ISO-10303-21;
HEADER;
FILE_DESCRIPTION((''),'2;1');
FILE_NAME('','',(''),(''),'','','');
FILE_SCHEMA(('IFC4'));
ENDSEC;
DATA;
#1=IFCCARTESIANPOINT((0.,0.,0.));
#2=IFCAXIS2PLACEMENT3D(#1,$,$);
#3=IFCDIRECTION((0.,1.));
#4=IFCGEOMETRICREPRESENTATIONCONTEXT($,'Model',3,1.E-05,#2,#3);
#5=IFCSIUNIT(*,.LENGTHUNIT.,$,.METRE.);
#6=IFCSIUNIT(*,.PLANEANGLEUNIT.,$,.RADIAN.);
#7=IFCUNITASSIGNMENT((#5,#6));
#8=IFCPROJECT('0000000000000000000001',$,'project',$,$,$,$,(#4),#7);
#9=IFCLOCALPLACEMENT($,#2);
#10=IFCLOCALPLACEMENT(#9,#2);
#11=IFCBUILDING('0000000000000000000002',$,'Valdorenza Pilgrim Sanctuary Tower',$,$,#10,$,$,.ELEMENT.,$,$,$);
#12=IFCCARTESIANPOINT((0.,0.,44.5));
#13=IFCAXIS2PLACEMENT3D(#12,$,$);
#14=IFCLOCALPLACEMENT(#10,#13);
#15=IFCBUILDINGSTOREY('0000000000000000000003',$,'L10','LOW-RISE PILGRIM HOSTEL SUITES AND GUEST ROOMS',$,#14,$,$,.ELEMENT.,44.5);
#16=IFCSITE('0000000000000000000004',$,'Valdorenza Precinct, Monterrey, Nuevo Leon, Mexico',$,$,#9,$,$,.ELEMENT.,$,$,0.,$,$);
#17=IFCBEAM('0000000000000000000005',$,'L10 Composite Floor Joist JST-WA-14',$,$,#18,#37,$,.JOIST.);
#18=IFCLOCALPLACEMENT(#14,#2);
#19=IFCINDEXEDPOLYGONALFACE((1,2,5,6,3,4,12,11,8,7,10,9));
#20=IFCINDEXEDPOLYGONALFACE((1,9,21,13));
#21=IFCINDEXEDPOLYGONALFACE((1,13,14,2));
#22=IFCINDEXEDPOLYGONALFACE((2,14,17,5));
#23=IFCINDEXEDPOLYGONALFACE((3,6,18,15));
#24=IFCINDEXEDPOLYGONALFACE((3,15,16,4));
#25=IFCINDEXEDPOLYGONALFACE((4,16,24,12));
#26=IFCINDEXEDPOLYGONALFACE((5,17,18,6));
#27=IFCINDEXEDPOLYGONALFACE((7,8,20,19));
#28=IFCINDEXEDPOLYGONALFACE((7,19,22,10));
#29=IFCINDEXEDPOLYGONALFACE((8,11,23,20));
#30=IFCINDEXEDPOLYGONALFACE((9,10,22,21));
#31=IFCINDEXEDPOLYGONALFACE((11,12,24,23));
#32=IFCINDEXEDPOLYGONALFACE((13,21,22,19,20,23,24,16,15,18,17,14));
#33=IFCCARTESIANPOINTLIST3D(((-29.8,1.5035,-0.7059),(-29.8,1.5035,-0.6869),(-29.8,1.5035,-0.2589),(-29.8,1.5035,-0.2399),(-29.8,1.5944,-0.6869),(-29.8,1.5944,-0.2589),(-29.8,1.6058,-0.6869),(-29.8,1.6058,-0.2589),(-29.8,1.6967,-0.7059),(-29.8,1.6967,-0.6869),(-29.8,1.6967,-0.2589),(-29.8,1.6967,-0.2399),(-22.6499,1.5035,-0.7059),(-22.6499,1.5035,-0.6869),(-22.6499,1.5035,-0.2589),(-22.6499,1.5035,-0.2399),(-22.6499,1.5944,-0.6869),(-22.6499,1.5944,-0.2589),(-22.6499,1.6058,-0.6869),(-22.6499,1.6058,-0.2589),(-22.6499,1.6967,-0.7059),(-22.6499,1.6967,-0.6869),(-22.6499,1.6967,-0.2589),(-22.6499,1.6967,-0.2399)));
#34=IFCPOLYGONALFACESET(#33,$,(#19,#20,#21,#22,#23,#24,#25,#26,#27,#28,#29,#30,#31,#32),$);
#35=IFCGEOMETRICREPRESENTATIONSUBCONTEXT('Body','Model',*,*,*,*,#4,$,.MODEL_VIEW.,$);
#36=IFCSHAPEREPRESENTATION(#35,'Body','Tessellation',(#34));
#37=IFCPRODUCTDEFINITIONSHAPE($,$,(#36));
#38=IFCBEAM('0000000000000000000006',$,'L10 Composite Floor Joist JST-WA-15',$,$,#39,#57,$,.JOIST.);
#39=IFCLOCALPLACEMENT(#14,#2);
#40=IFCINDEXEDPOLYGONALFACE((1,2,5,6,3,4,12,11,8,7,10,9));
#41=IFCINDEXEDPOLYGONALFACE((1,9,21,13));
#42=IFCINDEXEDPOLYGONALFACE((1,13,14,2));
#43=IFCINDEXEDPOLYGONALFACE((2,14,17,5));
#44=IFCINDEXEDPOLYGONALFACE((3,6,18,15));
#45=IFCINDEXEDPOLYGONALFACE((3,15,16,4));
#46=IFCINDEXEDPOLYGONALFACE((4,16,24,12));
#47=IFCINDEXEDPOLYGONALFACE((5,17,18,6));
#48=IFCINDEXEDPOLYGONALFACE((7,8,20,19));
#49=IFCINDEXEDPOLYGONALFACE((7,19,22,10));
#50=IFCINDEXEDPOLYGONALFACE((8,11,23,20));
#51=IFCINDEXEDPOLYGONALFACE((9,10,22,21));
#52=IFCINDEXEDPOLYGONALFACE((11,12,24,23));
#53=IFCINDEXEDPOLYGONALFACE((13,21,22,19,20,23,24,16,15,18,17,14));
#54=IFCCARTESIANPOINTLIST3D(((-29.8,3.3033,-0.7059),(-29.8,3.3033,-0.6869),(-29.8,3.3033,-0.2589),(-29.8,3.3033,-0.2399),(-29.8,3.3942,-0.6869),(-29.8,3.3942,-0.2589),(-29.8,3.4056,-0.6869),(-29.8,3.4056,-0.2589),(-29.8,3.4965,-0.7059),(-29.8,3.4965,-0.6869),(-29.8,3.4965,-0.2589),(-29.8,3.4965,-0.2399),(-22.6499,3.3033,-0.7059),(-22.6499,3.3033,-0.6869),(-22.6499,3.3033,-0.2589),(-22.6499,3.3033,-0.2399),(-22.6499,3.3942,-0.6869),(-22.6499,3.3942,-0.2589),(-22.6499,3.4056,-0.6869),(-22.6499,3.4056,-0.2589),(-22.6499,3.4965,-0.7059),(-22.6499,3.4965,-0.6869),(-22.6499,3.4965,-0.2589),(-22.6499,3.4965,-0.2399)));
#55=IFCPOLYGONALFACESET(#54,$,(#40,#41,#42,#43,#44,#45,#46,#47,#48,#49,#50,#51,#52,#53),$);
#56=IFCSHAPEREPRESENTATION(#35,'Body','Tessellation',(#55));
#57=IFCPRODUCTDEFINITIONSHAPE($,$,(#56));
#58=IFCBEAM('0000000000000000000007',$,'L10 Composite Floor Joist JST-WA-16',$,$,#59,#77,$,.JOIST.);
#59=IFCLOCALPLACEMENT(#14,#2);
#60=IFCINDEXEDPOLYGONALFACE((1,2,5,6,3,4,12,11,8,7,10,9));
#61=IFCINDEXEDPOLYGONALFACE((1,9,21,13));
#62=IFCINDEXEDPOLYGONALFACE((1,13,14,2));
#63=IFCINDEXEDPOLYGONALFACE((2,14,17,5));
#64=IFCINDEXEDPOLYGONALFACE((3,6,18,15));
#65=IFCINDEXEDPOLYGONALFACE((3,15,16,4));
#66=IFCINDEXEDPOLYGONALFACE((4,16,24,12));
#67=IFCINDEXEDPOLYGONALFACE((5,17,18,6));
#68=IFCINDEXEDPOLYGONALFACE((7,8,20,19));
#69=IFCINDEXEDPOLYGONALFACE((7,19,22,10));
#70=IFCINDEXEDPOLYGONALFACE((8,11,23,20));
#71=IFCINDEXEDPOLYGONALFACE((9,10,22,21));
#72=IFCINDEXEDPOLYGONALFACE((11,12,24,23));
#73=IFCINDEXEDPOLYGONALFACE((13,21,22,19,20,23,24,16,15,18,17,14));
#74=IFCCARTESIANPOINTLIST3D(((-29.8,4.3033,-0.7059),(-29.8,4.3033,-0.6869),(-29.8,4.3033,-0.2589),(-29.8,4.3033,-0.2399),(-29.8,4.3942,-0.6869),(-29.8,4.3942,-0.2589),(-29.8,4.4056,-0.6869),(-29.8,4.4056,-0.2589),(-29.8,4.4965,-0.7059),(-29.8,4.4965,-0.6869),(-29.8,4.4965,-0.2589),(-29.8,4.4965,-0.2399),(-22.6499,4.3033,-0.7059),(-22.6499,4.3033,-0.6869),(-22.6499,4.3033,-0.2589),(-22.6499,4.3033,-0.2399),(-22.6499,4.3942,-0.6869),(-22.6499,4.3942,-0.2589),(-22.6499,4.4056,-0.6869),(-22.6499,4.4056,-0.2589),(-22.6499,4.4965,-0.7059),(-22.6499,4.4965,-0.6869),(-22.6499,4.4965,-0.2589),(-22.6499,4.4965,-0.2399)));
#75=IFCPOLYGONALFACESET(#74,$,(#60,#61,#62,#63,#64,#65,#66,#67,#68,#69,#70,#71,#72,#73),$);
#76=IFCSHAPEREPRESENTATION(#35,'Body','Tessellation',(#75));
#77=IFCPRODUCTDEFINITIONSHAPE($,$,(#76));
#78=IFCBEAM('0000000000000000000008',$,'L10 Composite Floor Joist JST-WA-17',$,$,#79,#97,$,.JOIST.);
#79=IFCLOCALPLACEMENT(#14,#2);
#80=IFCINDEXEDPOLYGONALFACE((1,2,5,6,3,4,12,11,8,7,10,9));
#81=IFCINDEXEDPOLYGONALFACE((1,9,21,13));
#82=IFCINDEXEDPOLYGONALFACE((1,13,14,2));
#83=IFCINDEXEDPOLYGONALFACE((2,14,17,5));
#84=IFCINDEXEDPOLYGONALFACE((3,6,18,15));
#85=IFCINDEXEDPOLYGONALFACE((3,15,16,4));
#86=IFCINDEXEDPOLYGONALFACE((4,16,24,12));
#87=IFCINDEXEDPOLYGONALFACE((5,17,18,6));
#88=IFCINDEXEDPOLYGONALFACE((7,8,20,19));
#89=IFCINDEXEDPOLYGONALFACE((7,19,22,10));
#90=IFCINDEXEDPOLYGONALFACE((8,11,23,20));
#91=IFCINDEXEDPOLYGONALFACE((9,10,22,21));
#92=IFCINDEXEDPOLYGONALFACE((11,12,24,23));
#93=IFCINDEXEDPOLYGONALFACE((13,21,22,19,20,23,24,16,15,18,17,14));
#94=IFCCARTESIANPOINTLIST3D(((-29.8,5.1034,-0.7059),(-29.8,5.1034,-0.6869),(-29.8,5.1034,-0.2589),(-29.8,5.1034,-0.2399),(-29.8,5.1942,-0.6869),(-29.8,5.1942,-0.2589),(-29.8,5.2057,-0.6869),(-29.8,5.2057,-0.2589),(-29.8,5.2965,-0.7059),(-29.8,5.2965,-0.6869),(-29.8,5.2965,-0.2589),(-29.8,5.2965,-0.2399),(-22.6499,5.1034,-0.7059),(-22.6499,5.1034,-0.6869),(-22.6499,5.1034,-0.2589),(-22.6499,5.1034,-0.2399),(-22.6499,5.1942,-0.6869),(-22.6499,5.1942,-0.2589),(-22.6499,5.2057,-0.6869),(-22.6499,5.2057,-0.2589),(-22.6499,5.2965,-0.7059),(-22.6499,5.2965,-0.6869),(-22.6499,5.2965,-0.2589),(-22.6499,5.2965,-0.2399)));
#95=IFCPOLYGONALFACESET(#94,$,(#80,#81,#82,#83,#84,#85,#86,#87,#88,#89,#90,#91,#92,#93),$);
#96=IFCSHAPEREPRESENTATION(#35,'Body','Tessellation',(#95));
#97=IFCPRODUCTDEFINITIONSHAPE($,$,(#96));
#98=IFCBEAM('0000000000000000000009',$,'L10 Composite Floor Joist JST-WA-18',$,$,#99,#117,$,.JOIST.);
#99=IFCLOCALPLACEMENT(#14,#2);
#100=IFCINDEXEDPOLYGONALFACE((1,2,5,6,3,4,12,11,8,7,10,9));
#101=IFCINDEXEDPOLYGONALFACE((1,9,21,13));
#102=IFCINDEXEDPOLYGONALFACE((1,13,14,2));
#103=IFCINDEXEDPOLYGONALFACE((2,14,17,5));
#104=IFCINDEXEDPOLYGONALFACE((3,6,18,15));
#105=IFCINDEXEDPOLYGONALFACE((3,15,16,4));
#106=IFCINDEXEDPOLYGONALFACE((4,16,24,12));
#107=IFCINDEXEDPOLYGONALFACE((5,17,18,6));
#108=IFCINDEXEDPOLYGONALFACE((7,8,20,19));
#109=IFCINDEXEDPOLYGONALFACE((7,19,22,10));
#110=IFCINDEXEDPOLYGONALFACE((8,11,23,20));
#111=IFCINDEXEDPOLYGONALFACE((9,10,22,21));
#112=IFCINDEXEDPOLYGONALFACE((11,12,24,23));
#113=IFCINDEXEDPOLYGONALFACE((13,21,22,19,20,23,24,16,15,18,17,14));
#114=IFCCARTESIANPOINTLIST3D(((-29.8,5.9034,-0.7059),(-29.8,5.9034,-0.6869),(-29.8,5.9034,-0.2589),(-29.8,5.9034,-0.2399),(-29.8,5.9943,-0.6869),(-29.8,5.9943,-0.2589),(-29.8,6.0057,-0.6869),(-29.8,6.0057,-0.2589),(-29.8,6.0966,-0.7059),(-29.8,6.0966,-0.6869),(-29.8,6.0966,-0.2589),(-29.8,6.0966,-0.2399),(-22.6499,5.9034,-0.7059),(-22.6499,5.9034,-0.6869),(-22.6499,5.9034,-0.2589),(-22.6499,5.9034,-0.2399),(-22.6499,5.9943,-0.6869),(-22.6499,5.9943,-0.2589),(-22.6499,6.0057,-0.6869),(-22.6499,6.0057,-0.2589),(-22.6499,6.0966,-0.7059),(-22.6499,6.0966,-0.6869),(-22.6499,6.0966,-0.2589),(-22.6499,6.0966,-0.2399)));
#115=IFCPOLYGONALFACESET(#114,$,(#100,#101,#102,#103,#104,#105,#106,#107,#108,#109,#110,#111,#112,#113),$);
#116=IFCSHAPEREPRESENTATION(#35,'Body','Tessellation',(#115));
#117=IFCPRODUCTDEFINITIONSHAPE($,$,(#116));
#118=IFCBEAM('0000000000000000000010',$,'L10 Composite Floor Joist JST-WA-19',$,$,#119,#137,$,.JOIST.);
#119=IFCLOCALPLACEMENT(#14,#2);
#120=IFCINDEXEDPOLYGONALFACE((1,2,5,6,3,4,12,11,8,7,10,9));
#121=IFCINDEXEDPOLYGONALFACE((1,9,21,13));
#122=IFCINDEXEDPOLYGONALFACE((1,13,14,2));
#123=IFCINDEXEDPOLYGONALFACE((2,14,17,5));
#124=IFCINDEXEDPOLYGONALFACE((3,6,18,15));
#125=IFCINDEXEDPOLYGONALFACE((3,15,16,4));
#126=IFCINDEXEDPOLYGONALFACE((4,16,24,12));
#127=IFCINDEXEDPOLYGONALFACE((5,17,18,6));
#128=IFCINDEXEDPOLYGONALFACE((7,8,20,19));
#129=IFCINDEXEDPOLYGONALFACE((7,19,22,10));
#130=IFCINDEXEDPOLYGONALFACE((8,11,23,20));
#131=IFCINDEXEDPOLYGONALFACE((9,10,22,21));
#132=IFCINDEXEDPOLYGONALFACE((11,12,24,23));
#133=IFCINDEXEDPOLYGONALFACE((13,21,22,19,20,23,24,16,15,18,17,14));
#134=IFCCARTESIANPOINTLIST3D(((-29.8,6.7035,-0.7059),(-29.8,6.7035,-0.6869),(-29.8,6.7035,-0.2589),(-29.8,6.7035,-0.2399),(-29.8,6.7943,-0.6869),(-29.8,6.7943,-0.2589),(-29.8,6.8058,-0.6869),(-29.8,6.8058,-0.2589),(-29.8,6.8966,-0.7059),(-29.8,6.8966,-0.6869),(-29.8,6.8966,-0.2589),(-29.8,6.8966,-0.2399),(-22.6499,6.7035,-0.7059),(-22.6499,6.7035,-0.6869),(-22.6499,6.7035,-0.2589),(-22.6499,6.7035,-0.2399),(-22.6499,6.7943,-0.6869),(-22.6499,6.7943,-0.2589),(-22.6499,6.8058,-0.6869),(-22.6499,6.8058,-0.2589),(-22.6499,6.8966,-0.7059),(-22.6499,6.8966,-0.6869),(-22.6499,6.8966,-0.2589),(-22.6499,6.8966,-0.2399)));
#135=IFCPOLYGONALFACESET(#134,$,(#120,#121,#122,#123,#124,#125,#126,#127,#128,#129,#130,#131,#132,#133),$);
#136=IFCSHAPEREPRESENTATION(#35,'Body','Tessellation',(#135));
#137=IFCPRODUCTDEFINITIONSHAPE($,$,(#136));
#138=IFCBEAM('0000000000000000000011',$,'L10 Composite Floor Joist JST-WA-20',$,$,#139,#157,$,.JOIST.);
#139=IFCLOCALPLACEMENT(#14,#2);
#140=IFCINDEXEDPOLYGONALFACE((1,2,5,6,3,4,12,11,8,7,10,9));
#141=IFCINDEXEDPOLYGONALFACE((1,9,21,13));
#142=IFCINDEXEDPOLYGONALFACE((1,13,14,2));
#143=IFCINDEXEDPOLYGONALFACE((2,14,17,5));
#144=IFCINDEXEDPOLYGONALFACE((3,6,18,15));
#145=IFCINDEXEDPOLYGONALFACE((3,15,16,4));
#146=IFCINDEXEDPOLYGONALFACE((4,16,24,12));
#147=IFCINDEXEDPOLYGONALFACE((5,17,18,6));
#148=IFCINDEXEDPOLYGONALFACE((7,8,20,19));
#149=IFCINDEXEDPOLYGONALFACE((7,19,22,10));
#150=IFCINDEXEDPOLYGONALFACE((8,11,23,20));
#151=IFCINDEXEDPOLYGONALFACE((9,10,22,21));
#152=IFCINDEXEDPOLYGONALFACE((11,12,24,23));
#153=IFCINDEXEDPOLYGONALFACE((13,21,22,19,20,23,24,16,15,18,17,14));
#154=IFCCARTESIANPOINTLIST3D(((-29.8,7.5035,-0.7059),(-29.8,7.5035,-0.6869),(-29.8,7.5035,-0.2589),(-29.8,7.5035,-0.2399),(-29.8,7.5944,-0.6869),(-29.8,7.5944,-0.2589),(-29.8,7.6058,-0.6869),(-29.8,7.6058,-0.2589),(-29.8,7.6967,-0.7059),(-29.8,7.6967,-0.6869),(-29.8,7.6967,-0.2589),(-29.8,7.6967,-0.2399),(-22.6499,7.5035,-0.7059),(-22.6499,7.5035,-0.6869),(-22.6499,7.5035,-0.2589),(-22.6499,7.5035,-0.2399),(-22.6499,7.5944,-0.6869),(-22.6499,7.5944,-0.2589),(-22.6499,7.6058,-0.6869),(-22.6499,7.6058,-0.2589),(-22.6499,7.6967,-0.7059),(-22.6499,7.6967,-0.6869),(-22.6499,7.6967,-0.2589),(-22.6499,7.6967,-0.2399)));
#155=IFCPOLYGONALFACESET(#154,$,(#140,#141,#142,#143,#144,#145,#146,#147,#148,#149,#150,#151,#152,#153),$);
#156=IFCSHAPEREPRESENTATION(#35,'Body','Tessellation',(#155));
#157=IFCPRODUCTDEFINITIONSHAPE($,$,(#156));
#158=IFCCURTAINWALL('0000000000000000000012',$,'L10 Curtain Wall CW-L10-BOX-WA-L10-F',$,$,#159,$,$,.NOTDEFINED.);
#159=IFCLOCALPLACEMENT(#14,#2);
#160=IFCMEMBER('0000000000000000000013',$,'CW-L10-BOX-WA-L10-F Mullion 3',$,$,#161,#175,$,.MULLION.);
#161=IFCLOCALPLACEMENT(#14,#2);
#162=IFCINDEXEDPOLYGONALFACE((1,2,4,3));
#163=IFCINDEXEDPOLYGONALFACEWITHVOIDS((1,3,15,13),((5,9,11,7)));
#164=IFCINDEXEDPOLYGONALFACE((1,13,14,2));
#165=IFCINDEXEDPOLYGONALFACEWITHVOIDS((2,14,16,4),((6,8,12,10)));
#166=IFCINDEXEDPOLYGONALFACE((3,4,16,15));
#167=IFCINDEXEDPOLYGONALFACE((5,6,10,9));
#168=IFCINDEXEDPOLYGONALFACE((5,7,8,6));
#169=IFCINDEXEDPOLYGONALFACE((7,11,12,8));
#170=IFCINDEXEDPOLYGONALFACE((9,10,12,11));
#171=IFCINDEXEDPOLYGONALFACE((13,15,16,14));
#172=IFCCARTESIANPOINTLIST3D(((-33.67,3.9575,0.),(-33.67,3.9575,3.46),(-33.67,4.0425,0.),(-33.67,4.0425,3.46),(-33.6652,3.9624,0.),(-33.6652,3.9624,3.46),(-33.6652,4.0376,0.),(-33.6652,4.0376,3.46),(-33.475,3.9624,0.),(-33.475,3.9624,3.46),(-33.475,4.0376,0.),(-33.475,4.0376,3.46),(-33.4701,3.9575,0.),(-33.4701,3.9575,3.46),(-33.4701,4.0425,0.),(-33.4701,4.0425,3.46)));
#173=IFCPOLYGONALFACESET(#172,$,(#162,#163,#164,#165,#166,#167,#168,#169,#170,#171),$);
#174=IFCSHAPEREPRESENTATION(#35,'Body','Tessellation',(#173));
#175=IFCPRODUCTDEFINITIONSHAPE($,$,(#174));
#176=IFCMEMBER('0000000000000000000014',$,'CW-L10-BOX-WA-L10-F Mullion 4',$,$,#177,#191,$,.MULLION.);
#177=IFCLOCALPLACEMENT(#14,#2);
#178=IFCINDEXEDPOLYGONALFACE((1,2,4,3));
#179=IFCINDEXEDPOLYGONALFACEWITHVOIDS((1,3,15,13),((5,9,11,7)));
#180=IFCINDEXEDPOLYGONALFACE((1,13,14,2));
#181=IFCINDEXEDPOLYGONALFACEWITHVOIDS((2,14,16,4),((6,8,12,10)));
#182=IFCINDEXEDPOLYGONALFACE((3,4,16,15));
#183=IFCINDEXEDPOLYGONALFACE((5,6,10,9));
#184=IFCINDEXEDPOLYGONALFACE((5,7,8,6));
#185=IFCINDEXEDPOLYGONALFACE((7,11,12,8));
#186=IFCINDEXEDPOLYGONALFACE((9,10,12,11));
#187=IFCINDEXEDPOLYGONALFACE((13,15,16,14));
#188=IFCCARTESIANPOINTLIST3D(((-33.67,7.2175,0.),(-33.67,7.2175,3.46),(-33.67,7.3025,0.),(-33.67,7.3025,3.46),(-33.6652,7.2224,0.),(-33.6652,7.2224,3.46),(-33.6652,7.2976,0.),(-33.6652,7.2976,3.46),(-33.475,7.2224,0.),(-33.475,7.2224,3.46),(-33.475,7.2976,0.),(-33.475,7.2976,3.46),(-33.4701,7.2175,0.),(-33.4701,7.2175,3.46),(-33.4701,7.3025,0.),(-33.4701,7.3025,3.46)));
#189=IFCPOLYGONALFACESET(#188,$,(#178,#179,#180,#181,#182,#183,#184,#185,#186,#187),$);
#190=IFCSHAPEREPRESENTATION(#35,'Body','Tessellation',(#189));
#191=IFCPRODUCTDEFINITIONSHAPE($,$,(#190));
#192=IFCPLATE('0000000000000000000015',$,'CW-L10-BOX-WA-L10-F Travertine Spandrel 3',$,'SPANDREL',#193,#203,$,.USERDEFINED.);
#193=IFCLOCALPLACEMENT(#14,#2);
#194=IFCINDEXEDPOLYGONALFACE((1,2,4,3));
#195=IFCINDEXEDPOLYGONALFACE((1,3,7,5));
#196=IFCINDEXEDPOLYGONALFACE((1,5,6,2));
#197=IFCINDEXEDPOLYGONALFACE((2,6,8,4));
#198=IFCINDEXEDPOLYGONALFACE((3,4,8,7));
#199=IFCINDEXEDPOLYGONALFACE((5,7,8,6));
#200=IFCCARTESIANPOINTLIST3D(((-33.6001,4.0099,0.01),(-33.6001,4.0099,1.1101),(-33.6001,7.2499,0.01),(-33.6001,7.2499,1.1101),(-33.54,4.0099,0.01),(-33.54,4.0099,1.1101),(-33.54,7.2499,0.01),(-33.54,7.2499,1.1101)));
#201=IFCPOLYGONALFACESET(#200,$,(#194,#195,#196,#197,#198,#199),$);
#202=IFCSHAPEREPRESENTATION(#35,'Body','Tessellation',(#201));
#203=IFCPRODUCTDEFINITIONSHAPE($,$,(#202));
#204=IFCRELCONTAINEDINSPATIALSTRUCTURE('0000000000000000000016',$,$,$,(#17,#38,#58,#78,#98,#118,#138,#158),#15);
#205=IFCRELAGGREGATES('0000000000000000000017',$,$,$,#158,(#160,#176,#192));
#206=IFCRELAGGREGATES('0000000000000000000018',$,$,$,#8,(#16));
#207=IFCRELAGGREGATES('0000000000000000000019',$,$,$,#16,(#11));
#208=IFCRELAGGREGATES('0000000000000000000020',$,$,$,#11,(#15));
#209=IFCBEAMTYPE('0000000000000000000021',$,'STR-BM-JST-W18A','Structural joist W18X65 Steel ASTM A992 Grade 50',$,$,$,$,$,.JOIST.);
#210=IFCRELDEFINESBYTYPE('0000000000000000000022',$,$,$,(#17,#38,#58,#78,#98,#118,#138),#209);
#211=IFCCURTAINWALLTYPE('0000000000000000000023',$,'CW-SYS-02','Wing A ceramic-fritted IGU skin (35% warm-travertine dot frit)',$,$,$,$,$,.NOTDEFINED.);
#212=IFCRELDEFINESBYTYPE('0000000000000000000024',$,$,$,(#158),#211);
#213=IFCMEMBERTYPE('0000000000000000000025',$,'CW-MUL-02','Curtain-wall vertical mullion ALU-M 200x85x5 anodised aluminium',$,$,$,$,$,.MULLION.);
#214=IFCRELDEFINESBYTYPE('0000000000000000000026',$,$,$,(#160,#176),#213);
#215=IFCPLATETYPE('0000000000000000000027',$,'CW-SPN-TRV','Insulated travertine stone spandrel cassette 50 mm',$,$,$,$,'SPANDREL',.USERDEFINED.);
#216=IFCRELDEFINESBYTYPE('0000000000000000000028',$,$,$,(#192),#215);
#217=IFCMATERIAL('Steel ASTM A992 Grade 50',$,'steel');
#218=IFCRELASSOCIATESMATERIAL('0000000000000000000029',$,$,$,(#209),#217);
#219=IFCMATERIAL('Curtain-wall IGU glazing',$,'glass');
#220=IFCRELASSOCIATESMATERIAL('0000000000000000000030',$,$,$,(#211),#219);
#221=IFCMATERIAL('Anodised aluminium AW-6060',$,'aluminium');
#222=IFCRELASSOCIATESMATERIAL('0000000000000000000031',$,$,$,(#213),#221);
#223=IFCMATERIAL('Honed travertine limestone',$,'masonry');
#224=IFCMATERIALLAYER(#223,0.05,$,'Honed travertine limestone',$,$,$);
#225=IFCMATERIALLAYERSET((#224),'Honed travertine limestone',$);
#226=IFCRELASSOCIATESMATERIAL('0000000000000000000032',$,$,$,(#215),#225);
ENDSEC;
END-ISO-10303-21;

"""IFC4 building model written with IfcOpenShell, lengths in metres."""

from ifc_helpers import new_model, si_unit, direction, frame, origin, origin_2d, place, context, subcontext, project, spatial, rectangle, hollow_rectangle, i_section, extrude, source, transform, mapped, material, layer, layer_set, material_profile, profile_set, type_object, element, aggregate, save


model = new_model("IFC4")

# Units and contexts
model_context = context("Model", 3, precision=1e-05, world=origin(), true_north=direction((0.0, 1.0)))
body_context = subcontext(model_context, "Body", "Model", "MODEL_VIEW")
ifc_project = project(units=[si_unit("LENGTHUNIT", "METRE"), si_unit("PLANEANGLEUNIT", "RADIAN")], contexts=[model_context])

# Site, building, storey
site_placement = place(None, origin())
site = spatial("IfcSite", under=ifc_project, at=site_placement, Name="Valdorenza Precinct, Monterrey, Nuevo Leon, Mexico", CompositionType="ELEMENT", RefElevation=0.0)
building_placement = place(site_placement, origin())
building = spatial("IfcBuilding", under=site, at=building_placement, Name="Valdorenza Pilgrim Sanctuary Tower", CompositionType="ELEMENT")
storey_placement = place(building_placement, frame((0.0, 0.0, 44.5)))
storey = spatial("IfcBuildingStorey", under=building, at=storey_placement, Name="L10", Description="LOW-RISE PILGRIM HOSTEL SUITES AND GUEST ROOMS", CompositionType="ELEMENT", Elevation=44.5)

# Beams
ifc_material_1 = material(Name="Steel ASTM A992 Grade 50", Category="steel")
ifc_material_profile_1 = material_profile(ifc_material_1, i_section(OverallWidth=0.1931, OverallDepth=0.4661, WebThickness=0.0115, FlangeThickness=0.019, at=origin_2d()), Name="W18X65")
ifc_profile_set_1 = profile_set([ifc_material_profile_1], Name="Steel ASTM A992 Grade 50")
beam_type = type_object("IfcBeamType", Name="STR-BM-JST-W18A", Description="Structural joist W18X65 Steel ASTM A992 Grade 50", PredefinedType="JOIST", material=ifc_profile_set_1)
shared_shape_1 = source(origin(), body_context, "Body", "SweptSolid", [
    extrude(i_section(OverallWidth=0.1931, OverallDepth=0.4661, WebThickness=0.0115, FlangeThickness=0.019, at=origin_2d()), origin(), (0.0, 0.0, 1.0), 7.1501),
])
for number, where, z_axis, x_axis, name in (
    (1, (-29.8, 1.6001, -0.4729), (1.0, 0.0, 0.0), (0.0, 1.0, 0.0), "L10 Composite Floor Joist JST-WA-14"),
    (2, (-29.8, 3.3999, -0.4729), (1.0, 0.0, 0.0), (0.0, 1.0, 0.0), "L10 Composite Floor Joist JST-WA-15"),
    (3, (-29.8, 4.3999, -0.4729), (1.0, 0.0, 0.0), (0.0, 1.0, 0.0), "L10 Composite Floor Joist JST-WA-16"),
    (4, (-29.8, 5.2, -0.4729), (1.0, 0.0, 0.0), (0.0, 1.0, 0.0), "L10 Composite Floor Joist JST-WA-17"),
    (5, (-29.8, 6.0, -0.4729), (1.0, 0.0, 0.0), (0.0, 1.0, 0.0), "L10 Composite Floor Joist JST-WA-18"),
    (6, (-29.8, 6.8, -0.4729), (1.0, 0.0, 0.0), (0.0, 1.0, 0.0), "L10 Composite Floor Joist JST-WA-19"),
    (7, (-29.8, 7.6001, -0.4729), (1.0, 0.0, 0.0), (0.0, 1.0, 0.0), "L10 Composite Floor Joist JST-WA-20"),
):
    element("IfcBeam", number, at=place(storey_placement, frame(where, z_axis=z_axis, x_axis=x_axis)), inside=storey, type_object=beam_type, Name=name, PredefinedType="JOIST", context=body_context, shape_type="MappedRepresentation", body=[
        mapped(shared_shape_1, transform((0.0, 0.0, 0.0), x_axis=(1.0, 0.0, 0.0), y_axis=(0.0, 1.0, 0.0), z_axis=(0.0, 0.0, 1.0), scale=1.0)),
    ])

# Curtain wall, members, plate
ifc_material_2 = material(Name="Curtain-wall IGU glazing", Category="glass")
curtain_wall_type = type_object("IfcCurtainWallType", Name="CW-SYS-02", Description="Wing A ceramic-fritted IGU skin (35% warm-travertine dot frit)", PredefinedType="NOTDEFINED", material=ifc_material_2)
curtain_wall_placement = place(storey_placement, origin())
curtain_wall = element("IfcCurtainWall", 8, at=curtain_wall_placement, inside=storey, type_object=curtain_wall_type, Name="L10 Curtain Wall CW-L10-BOX-WA-L10-F", PredefinedType="NOTDEFINED")
ifc_material_3 = material(Name="Anodised aluminium AW-6060", Category="aluminium")
ifc_material_profile_2 = material_profile(ifc_material_3, hollow_rectangle(XDim=0.085, YDim=0.2, WallThickness=0.0049, at=origin_2d()), Name="ALU-M 200x85x5")
ifc_profile_set_2 = profile_set([ifc_material_profile_2], Name="Anodised aluminium AW-6060")
member_type = type_object("IfcMemberType", Name="CW-MUL-02", Description="Curtain-wall vertical mullion ALU-M 200x85x5 anodised aluminium", PredefinedType="MULLION", material=ifc_profile_set_2)
shared_shape_2 = source(origin(), body_context, "Body", "SweptSolid", [
    extrude(hollow_rectangle(XDim=0.085, YDim=0.2, WallThickness=0.0049, at=origin_2d()), origin(), (0.0, 0.0, 1.0), 3.46),
])
member_1_placement = place(storey_placement, frame((-33.5701, 4.0, 0.0), z_axis=(0.0, 0.0, 1.0), x_axis=(0.0, 1.0, 0.0)))
member_1 = element("IfcMember", 9, at=member_1_placement, type_object=member_type, Name="CW-L10-BOX-WA-L10-F Mullion 3", PredefinedType="MULLION", context=body_context, shape_type="MappedRepresentation", body=[
    mapped(shared_shape_2, transform((0.0, 0.0, 0.0), x_axis=(1.0, 0.0, 0.0), y_axis=(0.0, 1.0, 0.0), z_axis=(0.0, 0.0, 1.0), scale=1.0)),
])
member_2_placement = place(storey_placement, frame((-33.5701, 7.26, 0.0), z_axis=(0.0, 0.0, 1.0), x_axis=(0.0, 1.0, 0.0)))
member_2 = element("IfcMember", 10, at=member_2_placement, type_object=member_type, Name="CW-L10-BOX-WA-L10-F Mullion 4", PredefinedType="MULLION", context=body_context, shape_type="MappedRepresentation", body=[
    mapped(shared_shape_2, transform((0.0, 0.0, 0.0), x_axis=(1.0, 0.0, 0.0), y_axis=(0.0, 1.0, 0.0), z_axis=(0.0, 0.0, 1.0), scale=1.0)),
])
ifc_material_4 = material(Name="Honed travertine limestone", Category="masonry")
ifc_layer_1 = layer(ifc_material_4, 0.05, Name="Honed travertine limestone")
ifc_layer_set_1 = layer_set([ifc_layer_1], Name="Honed travertine limestone")
plate_type_1 = type_object("IfcPlateType", Name="CW-SPN-TRV", Description="Insulated travertine stone spandrel cassette 50 mm", ElementType="SPANDREL", PredefinedType="USERDEFINED", material=ifc_layer_set_1)
shared_shape_3 = source(origin(), body_context, "Body", "SweptSolid", [
    extrude(rectangle(XDim=3.24, YDim=0.0601, at=origin_2d()), origin(), (0.0, 0.0, 1.0), 1.1001),
])
plate_1_placement = place(storey_placement, frame((-33.5701, 5.6299, 0.01), z_axis=(0.0, 0.0, 1.0), x_axis=(0.0, 1.0, 0.0)))
plate_1 = element("IfcPlate", 11, at=plate_1_placement, type_object=plate_type_1, Name="CW-L10-BOX-WA-L10-F Travertine Spandrel 3", ObjectType="SPANDREL", PredefinedType="USERDEFINED", context=body_context, shape_type="MappedRepresentation", body=[
    mapped(shared_shape_3, transform((0.0, 0.0, 0.0), x_axis=(1.0, 0.0, 0.0), y_axis=(0.0, 1.0, 0.0), z_axis=(0.0, 0.0, 1.0), scale=1.0)),
])
aggregate(curtain_wall, [member_1, member_2, plate_1])

save(model, "model.ifc")
